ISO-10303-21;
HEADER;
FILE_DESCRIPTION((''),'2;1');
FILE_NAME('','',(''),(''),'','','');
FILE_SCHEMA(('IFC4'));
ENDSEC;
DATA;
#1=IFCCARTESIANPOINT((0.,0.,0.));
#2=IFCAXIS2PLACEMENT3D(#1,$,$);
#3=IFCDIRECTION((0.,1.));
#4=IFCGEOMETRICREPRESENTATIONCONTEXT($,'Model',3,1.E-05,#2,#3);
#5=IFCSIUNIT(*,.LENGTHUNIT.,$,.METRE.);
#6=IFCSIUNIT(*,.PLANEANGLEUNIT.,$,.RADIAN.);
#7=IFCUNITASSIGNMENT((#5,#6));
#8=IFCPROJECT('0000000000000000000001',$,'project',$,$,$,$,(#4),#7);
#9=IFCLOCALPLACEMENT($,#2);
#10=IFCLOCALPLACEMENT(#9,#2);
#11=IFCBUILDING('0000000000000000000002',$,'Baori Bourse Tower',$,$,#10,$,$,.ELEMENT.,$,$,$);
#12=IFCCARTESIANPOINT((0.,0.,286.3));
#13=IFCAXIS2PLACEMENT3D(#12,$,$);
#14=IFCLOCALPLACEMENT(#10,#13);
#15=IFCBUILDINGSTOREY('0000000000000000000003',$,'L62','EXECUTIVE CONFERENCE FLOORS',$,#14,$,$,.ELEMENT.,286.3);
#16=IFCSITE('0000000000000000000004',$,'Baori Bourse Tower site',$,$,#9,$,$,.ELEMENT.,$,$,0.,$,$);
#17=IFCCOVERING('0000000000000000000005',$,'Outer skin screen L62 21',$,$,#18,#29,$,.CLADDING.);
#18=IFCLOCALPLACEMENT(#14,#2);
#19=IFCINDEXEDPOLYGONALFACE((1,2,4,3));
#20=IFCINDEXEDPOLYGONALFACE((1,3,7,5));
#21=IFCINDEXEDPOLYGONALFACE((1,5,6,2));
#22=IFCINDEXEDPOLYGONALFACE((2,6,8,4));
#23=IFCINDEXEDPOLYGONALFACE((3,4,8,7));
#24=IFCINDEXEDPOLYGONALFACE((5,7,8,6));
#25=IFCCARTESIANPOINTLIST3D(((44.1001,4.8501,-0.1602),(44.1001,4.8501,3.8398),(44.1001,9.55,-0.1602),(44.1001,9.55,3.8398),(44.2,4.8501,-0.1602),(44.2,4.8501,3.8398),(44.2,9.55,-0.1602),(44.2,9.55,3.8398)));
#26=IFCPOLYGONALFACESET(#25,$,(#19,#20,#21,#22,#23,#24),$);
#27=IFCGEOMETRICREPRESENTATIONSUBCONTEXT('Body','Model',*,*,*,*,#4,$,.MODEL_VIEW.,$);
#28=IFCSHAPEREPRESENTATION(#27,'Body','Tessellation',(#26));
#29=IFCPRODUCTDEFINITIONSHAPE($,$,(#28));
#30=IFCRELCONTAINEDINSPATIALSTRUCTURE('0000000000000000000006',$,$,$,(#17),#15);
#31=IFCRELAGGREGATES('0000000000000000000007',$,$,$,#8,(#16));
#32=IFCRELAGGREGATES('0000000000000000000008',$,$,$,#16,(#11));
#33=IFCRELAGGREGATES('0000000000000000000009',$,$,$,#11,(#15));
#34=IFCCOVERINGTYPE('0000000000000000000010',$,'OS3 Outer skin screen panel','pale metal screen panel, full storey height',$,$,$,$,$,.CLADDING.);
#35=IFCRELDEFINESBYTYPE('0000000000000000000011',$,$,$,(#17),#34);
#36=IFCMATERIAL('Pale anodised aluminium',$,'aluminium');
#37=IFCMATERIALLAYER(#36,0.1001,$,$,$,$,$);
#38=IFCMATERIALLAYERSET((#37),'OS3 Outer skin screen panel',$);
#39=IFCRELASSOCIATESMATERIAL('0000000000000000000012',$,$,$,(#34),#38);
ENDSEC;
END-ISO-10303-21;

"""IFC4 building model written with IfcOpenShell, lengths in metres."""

from ifc_helpers import new_model, si_unit, direction, frame, origin, place, context, subcontext, project, spatial, polyline, outline, extrude, material, layer, layer_set, type_object, element, save


model = new_model("IFC4")

# Units and contexts
model_context = context("Model", 3, precision=1e-05, world=origin(), true_north=direction((0.0, 1.0)))
body_context = subcontext(model_context, "Body", "Model", "MODEL_VIEW")
ifc_project = project(units=[si_unit("LENGTHUNIT", "METRE"), si_unit("PLANEANGLEUNIT", "RADIAN")], contexts=[model_context])

# Site, building, storey
site_placement = place(None, origin())
site = spatial("IfcSite", under=ifc_project, at=site_placement, Name="Baori Bourse Tower site", CompositionType="ELEMENT", RefElevation=0.0)
building_placement = place(site_placement, origin())
building = spatial("IfcBuilding", under=site, at=building_placement, Name="Baori Bourse Tower", CompositionType="ELEMENT")
storey_placement = place(building_placement, frame((0.0, 0.0, 286.3)))
storey = spatial("IfcBuildingStorey", under=building, at=storey_placement, Name="L62", Description="EXECUTIVE CONFERENCE FLOORS", CompositionType="ELEMENT", Elevation=286.3)

# Covering
ifc_material_1 = material(Name="Pale anodised aluminium", Category="aluminium")
ifc_layer_1 = layer(ifc_material_1, 0.1001)
ifc_layer_set_1 = layer_set([ifc_layer_1], Name="OS3 Outer skin screen panel")
covering_type = type_object("IfcCoveringType", Name="OS3 Outer skin screen panel", Description="pale metal screen panel, full storey height", PredefinedType="CLADDING", material=ifc_layer_set_1)
covering_1_placement = place(storey_placement, frame((0.0, 0.0, -0.1602)))
element("IfcCovering", 1, at=covering_1_placement, inside=storey, type_object=covering_type, Name="Outer skin screen L62 21", PredefinedType="CLADDING", context=body_context, shape_type="SweptSolid", body=[
    extrude(outline(polyline([(44.1001, 9.55), (44.1001, 4.8501), (44.2, 4.8501), (44.2, 9.55), (44.1001, 9.55)])), origin(), (0.0, 0.0, 1.0), 4.0),
])

save(model, "model.ifc")
